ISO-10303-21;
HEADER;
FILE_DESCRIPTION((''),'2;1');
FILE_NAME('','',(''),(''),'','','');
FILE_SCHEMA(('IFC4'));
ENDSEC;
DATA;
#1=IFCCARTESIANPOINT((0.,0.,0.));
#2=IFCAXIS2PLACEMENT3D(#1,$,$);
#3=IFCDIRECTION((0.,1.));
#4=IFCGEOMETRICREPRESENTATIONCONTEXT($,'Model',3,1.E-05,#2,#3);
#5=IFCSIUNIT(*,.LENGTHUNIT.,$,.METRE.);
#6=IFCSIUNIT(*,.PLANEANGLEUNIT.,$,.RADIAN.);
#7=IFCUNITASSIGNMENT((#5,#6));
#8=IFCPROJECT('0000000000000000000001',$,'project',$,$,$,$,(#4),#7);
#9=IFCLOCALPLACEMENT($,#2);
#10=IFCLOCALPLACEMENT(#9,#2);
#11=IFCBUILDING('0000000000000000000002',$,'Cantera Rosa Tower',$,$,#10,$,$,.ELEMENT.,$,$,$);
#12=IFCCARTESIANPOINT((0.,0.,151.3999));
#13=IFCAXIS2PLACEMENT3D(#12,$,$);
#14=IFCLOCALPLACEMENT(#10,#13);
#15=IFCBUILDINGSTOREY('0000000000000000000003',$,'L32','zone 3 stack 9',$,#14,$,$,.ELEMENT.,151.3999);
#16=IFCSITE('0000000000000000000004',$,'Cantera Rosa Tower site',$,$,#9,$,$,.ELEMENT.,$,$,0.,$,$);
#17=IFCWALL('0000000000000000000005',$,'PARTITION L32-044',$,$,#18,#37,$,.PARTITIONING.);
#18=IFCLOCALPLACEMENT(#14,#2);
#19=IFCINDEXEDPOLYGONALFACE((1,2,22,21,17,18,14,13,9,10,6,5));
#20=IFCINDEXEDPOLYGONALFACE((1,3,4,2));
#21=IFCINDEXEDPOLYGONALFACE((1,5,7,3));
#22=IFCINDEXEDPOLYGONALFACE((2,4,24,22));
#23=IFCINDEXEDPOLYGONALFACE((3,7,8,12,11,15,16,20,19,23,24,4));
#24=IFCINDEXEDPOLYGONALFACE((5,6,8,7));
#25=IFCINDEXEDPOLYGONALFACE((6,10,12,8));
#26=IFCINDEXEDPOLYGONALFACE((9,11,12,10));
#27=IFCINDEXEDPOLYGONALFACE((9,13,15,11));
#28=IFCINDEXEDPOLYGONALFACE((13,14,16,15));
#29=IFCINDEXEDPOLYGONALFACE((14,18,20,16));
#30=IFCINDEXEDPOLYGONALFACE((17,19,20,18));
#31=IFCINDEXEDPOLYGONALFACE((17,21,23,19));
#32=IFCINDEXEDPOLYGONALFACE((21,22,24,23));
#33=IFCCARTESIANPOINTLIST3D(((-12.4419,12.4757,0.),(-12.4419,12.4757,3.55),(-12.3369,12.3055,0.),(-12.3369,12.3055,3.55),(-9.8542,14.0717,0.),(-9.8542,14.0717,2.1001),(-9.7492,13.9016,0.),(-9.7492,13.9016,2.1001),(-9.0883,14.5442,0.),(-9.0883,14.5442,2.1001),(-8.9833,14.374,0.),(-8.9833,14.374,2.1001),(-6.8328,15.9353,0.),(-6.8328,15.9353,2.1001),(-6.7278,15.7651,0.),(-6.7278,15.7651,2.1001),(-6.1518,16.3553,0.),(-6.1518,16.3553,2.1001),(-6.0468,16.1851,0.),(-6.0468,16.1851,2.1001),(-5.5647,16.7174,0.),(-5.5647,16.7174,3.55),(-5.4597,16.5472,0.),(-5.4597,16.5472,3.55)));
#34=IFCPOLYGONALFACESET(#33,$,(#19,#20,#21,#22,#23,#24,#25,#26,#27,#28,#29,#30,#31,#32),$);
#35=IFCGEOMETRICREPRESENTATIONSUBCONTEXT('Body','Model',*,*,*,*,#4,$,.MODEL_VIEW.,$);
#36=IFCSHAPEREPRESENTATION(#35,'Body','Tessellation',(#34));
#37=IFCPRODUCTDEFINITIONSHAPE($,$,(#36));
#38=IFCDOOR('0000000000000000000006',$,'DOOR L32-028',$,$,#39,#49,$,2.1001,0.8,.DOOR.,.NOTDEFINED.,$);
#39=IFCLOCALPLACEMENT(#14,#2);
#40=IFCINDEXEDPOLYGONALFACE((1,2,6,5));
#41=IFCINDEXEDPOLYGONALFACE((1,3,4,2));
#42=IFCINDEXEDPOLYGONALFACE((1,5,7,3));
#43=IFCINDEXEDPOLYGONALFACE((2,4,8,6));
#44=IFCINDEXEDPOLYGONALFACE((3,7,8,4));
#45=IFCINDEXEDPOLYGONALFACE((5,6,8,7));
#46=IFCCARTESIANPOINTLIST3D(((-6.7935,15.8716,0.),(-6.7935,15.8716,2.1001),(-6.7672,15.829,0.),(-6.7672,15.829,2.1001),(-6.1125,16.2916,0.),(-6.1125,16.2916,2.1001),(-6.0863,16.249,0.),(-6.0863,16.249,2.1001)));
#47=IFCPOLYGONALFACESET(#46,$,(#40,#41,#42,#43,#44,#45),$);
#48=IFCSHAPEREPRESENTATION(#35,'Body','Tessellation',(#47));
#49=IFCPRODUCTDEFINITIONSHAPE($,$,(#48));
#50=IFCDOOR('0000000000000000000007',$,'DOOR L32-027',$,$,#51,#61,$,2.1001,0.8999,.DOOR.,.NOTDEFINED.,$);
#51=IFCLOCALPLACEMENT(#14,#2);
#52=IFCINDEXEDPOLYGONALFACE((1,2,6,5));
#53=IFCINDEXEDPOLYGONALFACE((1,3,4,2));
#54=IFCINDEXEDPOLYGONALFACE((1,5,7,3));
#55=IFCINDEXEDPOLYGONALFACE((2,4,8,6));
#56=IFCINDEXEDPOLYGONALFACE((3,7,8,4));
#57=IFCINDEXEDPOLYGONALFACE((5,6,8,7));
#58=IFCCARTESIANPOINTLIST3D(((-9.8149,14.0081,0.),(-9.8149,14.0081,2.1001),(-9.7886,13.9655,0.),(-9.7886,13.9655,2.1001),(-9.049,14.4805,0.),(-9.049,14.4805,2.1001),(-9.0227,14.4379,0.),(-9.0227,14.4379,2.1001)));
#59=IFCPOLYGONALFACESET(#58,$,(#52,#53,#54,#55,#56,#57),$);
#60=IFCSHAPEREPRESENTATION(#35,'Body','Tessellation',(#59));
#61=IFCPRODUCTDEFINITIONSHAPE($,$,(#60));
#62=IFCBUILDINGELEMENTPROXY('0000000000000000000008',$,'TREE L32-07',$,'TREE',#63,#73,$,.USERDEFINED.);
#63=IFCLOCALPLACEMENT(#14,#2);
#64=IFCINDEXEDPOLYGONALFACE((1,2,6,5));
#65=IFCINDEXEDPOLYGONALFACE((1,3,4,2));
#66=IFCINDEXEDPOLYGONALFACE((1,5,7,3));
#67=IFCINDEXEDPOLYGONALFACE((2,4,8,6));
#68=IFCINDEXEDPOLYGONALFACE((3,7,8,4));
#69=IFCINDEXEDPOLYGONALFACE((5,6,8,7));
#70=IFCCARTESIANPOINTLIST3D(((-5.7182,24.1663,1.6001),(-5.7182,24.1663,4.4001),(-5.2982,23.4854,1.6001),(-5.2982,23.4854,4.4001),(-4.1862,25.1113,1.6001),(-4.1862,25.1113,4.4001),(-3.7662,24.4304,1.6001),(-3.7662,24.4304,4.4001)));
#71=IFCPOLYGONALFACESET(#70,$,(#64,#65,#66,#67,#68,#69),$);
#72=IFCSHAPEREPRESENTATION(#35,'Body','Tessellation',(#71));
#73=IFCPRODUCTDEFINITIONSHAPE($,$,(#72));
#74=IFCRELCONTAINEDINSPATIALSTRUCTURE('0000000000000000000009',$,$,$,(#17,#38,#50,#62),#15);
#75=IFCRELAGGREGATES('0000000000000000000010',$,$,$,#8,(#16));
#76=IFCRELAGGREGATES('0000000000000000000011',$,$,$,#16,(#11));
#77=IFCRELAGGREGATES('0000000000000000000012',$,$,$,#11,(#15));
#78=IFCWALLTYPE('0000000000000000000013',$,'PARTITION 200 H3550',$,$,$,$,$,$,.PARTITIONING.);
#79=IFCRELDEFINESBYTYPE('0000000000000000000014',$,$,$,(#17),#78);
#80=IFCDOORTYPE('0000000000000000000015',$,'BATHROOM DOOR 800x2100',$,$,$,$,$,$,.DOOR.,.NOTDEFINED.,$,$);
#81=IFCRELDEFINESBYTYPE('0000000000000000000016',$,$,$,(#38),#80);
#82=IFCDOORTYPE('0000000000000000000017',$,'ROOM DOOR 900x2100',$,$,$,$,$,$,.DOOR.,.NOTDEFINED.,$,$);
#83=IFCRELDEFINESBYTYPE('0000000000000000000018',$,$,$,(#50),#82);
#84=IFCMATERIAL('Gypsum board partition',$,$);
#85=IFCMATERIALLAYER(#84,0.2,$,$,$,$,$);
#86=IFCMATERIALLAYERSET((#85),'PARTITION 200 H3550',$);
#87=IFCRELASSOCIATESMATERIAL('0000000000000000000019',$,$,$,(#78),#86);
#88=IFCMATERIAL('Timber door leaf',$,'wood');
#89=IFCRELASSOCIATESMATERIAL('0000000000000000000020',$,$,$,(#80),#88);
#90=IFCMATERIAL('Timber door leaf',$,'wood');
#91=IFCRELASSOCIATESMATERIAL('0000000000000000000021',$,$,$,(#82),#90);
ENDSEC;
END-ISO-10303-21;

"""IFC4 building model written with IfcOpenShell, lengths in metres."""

from ifc_helpers import new_model, si_unit, direction, frame, frame_2d, origin, origin_2d, place, context, subcontext, project, spatial, rectangle, extrude, material, layer, layer_set, type_object, element, fill, save


model = new_model("IFC4")

# Units and contexts
model_context = context("Model", 3, precision=1e-05, world=origin(), true_north=direction((0.0, 1.0)))
body_context = subcontext(model_context, "Body", "Model", "MODEL_VIEW")
ifc_project = project(units=[si_unit("LENGTHUNIT", "METRE"), si_unit("PLANEANGLEUNIT", "RADIAN")], contexts=[model_context])

# Site, building, storey
site_placement = place(None, origin())
site = spatial("IfcSite", under=ifc_project, at=site_placement, Name="Cantera Rosa Tower site", CompositionType="ELEMENT", RefElevation=0.0)
building_placement = place(site_placement, origin())
building = spatial("IfcBuilding", under=site, at=building_placement, Name="Cantera Rosa Tower", CompositionType="ELEMENT")
storey_placement = place(building_placement, frame((0.0, 0.0, 151.3999)))
storey = spatial("IfcBuildingStorey", under=building, at=storey_placement, Name="L32", Description="zone 3 stack 9", CompositionType="ELEMENT", Elevation=151.3999)

# Shared definitions
ifc_material_1 = material(Name="Gypsum board partition")
ifc_layer_1 = layer(ifc_material_1, 0.2)
ifc_layer_set_1 = layer_set([ifc_layer_1], Name="PARTITION 200 H3550")
wall_type_1 = type_object("IfcWallType", Name="PARTITION 200 H3550", PredefinedType="PARTITIONING", material=ifc_layer_set_1)

# Wall, openings, doors
wall_1_placement = place(storey_placement, frame((-5.5122, 16.6323, 0.0), z_axis=(0.0, 0.0, 1.0), x_axis=(-0.851129, -0.524957, 0.0)))
wall_1 = element("IfcWall", 1, at=wall_1_placement, inside=storey, type_object=wall_type_1, Name="PARTITION L32-044", PredefinedType="PARTITIONING", context=body_context, shape_type="SweptSolid", body=[
    extrude(rectangle(XDim=8.0801, YDim=0.2, at=frame_2d((4.04, 0.0))), origin(), (0.0, 0.0, 1.0), 3.55),
])
opening_1_placement = place(wall_1_placement, frame((4.1399, 0.0, 0.0)))
opening_1 = element("IfcOpeningElement", 2, at=opening_1_placement, cuts=wall_1, PredefinedType="OPENING", context=body_context, shape_type="SweptSolid", body=[
    extrude(rectangle(XDim=0.8999, YDim=2.1001, at=frame_2d((0.45, 1.05))), frame((0.0, 0.1099, 0.0), z_axis=(0.0, -1.0, 0.0), x_axis=(1.0, 0.0, 0.0)), (0.0, 0.0, 1.0), 0.22),
])
opening_2_placement = place(wall_1_placement, frame((0.6899, 0.0, 0.0)))
opening_2 = element("IfcOpeningElement", 3, at=opening_2_placement, cuts=wall_1, PredefinedType="OPENING", context=body_context, shape_type="SweptSolid", body=[
    extrude(rectangle(XDim=0.8, YDim=2.1001, at=frame_2d((0.3999, 1.05))), frame((0.0, 0.1099, 0.0), z_axis=(0.0, -1.0, 0.0), x_axis=(1.0, 0.0, 0.0)), (0.0, 0.0, 1.0), 0.22),
])
ifc_material_2 = material(Name="Timber door leaf", Category="wood")
door_type_1 = type_object("IfcDoorType", Name="BATHROOM DOOR 800x2100", OperationType="NOTDEFINED", PredefinedType="DOOR", material=ifc_material_2)
door_1_placement = place(opening_2_placement, origin())
door_1 = element("IfcDoor", 4, at=door_1_placement, inside=storey, type_object=door_type_1, Name="DOOR L32-028", OperationType="NOTDEFINED", OverallHeight=2.1001, OverallWidth=0.8, PredefinedType="DOOR", context=body_context, shape_type="SweptSolid", body=[
    extrude(rectangle(XDim=0.8, YDim=2.1001, at=frame_2d((0.3999, 1.05))), frame((0.0, 0.0249, 0.0), z_axis=(0.0, -1.0, 0.0), x_axis=(1.0, 0.0, 0.0)), (0.0, 0.0, 1.0), 0.05),
])
fill(opening_2, door_1)
ifc_material_3 = material(Name="Timber door leaf", Category="wood")
door_type_2 = type_object("IfcDoorType", Name="ROOM DOOR 900x2100", OperationType="NOTDEFINED", PredefinedType="DOOR", material=ifc_material_3)
door_2_placement = place(opening_1_placement, origin())
door_2 = element("IfcDoor", 5, at=door_2_placement, inside=storey, type_object=door_type_2, Name="DOOR L32-027", OperationType="NOTDEFINED", OverallHeight=2.1001, OverallWidth=0.8999, PredefinedType="DOOR", context=body_context, shape_type="SweptSolid", body=[
    extrude(rectangle(XDim=0.8999, YDim=2.1001, at=frame_2d((0.45, 1.05))), frame((0.0, 0.0249, 0.0), z_axis=(0.0, -1.0, 0.0), x_axis=(1.0, 0.0, 0.0)), (0.0, 0.0, 1.0), 0.05),
])
fill(opening_1, door_2)

# Building element proxy
proxy_placement = place(storey_placement, frame((-4.7422, 24.2983, 1.6001), z_axis=(0.0, 0.0, 1.0), x_axis=(-0.851117, -0.524977, 0.0)))
element("IfcBuildingElementProxy", 6, at=proxy_placement, inside=storey, Name="TREE L32-07", ObjectType="TREE", PredefinedType="USERDEFINED", context=body_context, shape_type="SweptSolid", body=[
    extrude(rectangle(XDim=1.8, YDim=0.8, at=origin_2d()), origin(), (0.0, 0.0, 1.0), 2.8),
])

save(model, "model.ifc")
